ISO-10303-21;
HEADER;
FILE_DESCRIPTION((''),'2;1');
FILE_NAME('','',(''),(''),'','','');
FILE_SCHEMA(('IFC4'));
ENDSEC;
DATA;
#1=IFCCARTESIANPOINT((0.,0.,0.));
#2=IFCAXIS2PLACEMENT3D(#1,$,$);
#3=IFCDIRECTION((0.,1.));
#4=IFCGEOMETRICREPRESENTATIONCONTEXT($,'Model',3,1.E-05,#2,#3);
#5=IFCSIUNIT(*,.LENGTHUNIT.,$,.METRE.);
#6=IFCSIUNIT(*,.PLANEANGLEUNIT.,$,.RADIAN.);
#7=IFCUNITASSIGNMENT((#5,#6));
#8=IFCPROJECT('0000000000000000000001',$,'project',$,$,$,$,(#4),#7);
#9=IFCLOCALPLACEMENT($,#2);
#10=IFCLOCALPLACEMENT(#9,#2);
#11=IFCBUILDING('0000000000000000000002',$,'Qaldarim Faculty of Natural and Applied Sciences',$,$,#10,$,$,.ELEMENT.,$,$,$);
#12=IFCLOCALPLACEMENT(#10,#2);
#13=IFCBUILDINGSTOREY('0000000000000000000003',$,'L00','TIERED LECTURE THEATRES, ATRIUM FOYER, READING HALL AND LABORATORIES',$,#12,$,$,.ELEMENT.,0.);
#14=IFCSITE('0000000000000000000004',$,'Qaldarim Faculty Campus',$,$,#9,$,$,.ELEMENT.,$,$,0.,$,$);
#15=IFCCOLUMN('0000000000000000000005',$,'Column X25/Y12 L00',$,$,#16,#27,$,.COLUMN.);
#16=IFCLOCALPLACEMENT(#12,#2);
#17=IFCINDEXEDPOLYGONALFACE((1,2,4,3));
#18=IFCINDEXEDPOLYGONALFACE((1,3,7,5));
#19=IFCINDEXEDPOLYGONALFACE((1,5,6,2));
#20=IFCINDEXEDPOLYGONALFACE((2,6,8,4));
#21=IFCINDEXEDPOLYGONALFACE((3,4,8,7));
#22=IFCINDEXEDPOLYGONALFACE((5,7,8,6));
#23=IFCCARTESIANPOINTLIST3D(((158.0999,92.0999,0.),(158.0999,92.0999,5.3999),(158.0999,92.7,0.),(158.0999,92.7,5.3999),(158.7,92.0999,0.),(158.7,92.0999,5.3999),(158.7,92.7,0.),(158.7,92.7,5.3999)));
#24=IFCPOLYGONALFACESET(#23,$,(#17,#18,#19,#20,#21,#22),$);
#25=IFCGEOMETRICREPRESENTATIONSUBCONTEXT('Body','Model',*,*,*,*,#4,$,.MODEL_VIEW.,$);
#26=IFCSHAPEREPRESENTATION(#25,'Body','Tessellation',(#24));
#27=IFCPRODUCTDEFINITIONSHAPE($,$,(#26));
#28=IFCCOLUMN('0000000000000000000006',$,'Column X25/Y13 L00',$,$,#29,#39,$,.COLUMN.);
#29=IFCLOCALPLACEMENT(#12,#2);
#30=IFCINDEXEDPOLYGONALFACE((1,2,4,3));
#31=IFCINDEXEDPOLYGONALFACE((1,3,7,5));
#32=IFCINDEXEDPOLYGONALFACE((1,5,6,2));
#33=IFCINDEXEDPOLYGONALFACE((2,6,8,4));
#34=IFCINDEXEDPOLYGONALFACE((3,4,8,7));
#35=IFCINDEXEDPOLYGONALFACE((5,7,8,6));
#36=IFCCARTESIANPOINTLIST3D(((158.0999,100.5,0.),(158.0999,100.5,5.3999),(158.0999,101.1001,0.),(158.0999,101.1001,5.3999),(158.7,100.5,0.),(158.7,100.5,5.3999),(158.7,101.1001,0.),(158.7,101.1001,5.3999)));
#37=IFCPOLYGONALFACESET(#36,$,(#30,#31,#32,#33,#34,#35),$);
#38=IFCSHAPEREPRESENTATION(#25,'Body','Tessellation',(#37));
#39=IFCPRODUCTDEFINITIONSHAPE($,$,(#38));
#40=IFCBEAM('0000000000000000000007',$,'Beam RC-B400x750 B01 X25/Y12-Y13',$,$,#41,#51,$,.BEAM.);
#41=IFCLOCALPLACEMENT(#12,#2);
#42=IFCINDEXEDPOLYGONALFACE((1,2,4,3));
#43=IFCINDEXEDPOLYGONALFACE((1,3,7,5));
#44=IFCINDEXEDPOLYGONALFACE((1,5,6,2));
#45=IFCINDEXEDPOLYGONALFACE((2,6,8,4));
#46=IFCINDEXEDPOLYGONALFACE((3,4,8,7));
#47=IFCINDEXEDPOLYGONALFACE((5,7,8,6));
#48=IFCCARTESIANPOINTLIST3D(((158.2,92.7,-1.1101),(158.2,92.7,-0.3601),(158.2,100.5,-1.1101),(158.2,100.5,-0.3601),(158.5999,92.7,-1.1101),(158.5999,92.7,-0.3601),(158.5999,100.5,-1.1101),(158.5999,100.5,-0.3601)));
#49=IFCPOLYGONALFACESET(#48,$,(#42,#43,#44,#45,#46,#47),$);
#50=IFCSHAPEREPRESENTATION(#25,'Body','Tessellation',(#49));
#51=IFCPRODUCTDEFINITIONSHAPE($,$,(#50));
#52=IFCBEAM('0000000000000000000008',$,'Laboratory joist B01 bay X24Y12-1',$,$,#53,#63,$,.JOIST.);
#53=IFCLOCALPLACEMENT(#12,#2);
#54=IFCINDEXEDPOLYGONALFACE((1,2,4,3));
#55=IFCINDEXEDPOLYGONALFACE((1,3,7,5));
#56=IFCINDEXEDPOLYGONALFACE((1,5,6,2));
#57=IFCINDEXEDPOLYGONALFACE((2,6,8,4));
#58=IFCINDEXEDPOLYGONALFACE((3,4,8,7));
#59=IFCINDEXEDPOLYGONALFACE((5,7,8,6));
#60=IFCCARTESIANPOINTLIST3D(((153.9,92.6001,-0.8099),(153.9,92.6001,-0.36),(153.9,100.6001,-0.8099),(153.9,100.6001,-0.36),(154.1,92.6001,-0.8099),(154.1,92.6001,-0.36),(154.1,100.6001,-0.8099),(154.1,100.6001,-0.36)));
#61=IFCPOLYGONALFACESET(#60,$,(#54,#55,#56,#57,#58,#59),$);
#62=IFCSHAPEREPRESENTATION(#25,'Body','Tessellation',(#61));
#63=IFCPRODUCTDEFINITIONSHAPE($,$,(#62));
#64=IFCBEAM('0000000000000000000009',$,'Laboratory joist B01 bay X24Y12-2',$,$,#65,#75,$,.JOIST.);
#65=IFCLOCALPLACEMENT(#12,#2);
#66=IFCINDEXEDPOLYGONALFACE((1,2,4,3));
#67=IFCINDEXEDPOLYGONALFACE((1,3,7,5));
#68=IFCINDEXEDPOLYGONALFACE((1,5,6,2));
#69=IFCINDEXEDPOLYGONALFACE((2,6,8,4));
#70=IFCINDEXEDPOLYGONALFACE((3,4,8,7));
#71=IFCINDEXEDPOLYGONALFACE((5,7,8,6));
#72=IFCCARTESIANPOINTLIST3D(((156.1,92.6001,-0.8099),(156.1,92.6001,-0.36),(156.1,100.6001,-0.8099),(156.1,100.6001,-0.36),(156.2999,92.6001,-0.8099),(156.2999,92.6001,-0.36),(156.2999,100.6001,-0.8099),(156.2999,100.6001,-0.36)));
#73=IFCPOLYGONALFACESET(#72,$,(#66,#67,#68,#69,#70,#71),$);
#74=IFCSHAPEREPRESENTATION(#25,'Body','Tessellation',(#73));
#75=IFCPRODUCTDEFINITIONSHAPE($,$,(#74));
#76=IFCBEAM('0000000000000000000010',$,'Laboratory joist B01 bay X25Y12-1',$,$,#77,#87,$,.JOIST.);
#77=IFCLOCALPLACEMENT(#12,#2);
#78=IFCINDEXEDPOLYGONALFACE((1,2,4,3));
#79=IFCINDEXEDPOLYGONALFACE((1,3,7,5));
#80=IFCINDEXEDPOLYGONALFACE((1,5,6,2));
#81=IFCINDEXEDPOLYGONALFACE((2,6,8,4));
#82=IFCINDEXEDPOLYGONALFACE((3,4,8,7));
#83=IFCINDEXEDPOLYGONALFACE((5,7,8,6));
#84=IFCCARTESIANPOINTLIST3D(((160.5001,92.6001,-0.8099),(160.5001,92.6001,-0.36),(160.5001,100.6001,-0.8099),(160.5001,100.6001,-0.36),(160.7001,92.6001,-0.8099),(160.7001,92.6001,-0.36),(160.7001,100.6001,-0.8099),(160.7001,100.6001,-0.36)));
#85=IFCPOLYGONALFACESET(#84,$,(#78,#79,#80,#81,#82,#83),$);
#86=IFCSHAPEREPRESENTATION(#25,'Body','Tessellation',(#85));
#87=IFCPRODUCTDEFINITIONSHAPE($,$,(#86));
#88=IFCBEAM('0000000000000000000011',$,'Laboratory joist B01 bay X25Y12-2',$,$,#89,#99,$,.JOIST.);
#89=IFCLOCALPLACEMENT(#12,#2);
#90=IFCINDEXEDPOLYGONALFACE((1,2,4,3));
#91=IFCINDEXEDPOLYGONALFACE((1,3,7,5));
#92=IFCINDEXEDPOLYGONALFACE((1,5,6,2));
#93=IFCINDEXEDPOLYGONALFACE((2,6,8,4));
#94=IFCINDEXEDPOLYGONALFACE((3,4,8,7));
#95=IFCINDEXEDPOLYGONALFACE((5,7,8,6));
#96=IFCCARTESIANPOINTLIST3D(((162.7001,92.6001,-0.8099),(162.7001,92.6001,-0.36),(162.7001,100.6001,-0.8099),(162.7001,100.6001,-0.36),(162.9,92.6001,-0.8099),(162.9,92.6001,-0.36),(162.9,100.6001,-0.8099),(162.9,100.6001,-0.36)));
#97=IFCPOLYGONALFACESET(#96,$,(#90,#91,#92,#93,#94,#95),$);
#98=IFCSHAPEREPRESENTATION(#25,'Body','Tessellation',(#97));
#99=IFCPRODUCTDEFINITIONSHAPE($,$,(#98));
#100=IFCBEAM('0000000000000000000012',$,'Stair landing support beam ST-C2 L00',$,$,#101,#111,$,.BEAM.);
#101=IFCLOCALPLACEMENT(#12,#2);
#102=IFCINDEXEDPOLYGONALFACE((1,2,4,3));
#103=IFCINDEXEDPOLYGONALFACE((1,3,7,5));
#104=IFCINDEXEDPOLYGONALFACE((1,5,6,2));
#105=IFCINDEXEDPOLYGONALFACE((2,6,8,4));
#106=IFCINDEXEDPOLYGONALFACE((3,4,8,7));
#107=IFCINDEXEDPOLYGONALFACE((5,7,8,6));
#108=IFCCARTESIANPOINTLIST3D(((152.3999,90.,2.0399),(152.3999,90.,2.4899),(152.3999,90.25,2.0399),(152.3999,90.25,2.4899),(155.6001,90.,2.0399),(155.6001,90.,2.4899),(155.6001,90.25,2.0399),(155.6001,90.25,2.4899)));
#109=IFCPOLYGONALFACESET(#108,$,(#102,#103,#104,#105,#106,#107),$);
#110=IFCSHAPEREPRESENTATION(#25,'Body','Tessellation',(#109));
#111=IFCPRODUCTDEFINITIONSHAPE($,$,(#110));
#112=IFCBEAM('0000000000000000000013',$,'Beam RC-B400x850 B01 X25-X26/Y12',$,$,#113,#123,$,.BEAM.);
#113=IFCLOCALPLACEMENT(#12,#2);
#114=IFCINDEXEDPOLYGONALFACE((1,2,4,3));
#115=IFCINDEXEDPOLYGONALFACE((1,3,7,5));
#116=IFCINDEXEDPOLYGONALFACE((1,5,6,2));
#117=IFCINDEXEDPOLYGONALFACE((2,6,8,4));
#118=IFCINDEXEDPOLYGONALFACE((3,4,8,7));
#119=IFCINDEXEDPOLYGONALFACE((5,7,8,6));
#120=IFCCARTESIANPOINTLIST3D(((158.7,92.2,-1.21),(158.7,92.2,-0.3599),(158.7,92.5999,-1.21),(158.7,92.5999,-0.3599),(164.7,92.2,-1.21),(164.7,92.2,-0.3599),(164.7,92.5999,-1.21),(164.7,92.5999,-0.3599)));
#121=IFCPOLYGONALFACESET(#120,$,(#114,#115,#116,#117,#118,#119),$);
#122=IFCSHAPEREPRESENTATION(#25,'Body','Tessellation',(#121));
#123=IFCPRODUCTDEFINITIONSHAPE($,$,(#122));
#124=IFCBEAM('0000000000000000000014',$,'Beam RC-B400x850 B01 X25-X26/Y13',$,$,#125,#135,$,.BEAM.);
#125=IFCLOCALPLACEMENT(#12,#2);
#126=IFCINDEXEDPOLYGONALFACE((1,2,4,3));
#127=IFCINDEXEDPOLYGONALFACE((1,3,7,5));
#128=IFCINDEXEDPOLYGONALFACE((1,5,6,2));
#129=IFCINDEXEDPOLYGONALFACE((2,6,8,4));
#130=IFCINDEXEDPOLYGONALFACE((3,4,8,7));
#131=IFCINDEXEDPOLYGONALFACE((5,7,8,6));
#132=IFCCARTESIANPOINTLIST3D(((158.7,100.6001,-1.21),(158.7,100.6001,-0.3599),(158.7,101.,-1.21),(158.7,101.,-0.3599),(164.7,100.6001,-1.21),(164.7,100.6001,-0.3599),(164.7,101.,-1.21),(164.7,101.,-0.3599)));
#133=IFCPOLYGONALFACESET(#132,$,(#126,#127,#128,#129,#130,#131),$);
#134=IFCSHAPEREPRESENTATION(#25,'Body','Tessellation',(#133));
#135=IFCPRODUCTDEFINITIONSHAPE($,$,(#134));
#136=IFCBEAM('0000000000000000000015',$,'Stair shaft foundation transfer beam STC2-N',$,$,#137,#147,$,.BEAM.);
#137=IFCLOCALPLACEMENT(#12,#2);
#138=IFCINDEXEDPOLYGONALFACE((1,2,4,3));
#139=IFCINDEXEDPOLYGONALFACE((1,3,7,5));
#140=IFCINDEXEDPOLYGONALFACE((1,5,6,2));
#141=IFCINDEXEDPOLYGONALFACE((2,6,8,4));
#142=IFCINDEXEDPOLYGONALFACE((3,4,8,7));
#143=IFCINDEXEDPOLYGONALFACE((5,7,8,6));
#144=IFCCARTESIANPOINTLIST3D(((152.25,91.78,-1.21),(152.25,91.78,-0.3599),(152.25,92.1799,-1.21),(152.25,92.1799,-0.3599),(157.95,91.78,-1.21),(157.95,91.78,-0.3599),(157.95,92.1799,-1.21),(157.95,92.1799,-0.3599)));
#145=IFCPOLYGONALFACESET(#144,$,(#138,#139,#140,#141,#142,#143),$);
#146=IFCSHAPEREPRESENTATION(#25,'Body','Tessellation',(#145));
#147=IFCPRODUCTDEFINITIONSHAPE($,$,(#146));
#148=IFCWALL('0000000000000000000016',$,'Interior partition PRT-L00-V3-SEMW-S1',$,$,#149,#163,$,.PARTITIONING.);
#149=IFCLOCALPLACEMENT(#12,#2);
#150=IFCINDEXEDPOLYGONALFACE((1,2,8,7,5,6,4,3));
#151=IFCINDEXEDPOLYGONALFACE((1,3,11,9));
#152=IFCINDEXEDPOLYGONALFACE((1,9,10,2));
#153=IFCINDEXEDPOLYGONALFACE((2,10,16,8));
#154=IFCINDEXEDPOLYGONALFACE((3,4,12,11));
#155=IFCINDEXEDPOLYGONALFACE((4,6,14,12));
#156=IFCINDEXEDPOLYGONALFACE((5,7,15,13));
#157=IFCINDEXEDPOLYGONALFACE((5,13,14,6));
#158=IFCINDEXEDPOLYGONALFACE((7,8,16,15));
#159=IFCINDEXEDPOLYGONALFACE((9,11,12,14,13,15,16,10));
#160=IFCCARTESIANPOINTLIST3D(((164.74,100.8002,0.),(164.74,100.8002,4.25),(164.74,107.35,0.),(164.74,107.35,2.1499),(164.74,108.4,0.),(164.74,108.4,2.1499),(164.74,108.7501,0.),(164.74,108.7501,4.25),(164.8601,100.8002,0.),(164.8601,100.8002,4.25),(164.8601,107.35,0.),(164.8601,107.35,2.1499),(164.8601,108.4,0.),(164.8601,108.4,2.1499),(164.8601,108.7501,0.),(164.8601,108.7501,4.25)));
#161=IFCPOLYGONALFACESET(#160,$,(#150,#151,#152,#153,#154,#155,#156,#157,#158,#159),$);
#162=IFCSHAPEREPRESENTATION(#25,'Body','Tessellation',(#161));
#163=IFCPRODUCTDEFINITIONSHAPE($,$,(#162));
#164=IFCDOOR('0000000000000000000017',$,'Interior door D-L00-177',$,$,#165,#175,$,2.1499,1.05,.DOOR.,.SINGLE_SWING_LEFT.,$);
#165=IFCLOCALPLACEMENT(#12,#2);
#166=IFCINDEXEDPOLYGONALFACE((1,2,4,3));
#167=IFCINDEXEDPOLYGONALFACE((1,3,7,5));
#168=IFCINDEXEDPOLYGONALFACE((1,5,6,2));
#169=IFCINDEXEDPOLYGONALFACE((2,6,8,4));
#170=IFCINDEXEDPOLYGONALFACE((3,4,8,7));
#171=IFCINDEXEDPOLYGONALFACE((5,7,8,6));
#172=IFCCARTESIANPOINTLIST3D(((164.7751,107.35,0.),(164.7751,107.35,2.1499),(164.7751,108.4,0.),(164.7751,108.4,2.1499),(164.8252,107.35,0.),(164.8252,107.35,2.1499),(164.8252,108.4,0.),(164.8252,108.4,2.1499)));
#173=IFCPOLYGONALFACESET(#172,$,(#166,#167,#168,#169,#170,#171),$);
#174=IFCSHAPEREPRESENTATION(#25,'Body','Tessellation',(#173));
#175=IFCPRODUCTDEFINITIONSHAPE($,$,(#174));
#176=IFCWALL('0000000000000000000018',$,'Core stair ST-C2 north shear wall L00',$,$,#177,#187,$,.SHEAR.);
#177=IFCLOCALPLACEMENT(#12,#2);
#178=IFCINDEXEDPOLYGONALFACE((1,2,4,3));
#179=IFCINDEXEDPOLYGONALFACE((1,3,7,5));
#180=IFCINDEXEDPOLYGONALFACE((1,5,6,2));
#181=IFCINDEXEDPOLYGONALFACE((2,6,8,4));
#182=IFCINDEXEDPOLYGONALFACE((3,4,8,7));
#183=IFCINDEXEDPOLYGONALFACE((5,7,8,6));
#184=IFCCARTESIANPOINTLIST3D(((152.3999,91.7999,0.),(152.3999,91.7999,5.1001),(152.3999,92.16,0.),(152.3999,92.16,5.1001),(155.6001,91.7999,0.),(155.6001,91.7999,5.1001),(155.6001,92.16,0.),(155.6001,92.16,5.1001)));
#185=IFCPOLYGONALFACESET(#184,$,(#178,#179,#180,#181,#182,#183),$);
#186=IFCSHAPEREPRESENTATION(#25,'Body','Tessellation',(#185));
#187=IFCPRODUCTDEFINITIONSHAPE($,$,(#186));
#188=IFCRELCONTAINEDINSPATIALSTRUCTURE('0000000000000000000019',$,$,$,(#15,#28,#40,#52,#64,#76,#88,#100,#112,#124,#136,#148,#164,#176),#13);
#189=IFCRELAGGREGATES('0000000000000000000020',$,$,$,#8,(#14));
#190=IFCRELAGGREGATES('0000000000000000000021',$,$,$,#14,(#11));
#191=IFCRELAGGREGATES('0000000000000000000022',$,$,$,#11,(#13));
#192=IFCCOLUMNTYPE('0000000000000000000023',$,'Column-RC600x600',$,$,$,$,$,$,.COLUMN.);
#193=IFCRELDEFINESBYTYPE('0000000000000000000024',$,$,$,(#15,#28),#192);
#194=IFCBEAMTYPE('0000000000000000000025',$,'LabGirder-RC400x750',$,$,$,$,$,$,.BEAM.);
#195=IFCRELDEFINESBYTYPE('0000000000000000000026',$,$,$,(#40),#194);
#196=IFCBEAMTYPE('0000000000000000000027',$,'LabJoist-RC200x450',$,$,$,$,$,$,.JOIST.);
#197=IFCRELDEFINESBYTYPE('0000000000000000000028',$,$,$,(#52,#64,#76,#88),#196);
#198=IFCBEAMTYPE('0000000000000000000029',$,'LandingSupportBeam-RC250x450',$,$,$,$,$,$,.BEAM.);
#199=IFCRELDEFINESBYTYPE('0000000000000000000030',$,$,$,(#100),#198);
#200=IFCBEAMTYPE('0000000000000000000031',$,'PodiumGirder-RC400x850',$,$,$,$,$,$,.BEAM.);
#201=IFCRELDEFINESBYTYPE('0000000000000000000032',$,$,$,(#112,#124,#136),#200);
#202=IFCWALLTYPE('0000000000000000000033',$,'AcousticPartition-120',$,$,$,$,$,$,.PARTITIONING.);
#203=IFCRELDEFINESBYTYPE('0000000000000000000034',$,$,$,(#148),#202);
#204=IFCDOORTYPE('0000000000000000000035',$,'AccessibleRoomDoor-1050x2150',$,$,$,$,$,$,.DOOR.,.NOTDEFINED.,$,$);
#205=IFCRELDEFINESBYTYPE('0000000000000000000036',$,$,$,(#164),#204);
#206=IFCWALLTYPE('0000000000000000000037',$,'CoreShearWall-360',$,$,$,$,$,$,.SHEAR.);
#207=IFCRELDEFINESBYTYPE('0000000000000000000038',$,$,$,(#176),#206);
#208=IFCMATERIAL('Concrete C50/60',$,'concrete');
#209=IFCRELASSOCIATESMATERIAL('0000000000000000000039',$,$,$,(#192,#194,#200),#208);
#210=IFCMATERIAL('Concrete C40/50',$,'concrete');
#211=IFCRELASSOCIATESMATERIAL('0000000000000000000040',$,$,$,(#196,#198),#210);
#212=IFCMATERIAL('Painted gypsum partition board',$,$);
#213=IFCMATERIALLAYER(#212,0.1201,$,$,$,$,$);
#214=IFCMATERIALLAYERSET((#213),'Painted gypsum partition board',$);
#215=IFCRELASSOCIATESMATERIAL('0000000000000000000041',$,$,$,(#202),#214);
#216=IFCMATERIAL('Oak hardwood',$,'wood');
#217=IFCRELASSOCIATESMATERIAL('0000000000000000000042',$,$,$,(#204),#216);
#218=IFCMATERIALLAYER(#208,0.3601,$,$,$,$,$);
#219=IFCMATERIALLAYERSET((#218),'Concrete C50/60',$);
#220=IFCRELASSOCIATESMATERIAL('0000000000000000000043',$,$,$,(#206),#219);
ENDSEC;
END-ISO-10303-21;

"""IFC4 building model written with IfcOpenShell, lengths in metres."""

from ifc_helpers import new_model, si_unit, direction, frame, frame_2d, origin, origin_2d, place, context, subcontext, project, spatial, rectangle, extrude, material, layer, layer_set, material_profile, profile_set, type_object, element, fill, save


model = new_model("IFC4")

# Units and contexts
model_context = context("Model", 3, precision=1e-05, world=origin(), true_north=direction((0.0, 1.0)))
body_context = subcontext(model_context, "Body", "Model", "MODEL_VIEW")
ifc_project = project(units=[si_unit("LENGTHUNIT", "METRE"), si_unit("PLANEANGLEUNIT", "RADIAN")], contexts=[model_context])

# Site, building, storey
site_placement = place(None, origin())
site = spatial("IfcSite", under=ifc_project, at=site_placement, Name="Qaldarim Faculty Campus", CompositionType="ELEMENT", RefElevation=0.0)
building_placement = place(site_placement, origin())
building = spatial("IfcBuilding", under=site, at=building_placement, Name="Qaldarim Faculty of Natural and Applied Sciences", CompositionType="ELEMENT")
storey_placement = place(building_placement, origin())
storey = spatial("IfcBuildingStorey", under=building, at=storey_placement, Name="L00", Description="TIERED LECTURE THEATRES, ATRIUM FOYER, READING HALL AND LABORATORIES", CompositionType="ELEMENT", Elevation=0.0)

# Columns
ifc_material_1 = material(Name="Concrete C50/60", Category="concrete")
ifc_material_profile_1 = material_profile(ifc_material_1, rectangle(XDim=0.6001, YDim=0.6001, at=origin_2d()), Name="RC-C600x600")
ifc_profile_set_1 = profile_set([ifc_material_profile_1], Name="Concrete C50/60")
column_type = type_object("IfcColumnType", Name="Column-RC600x600", PredefinedType="COLUMN", material=ifc_profile_set_1)
for number, where, z_axis, x_axis, name in (
    (1, (158.3999, 92.3999, 0.0), (0.0, 0.0, 1.0), (1.0, 0.0, 0.0), "Column X25/Y12 L00"),
    (2, (158.3999, 100.8, 0.0), (0.0, 0.0, 1.0), (1.0, 0.0, 0.0), "Column X25/Y13 L00"),
):
    element("IfcColumn", number, at=place(storey_placement, frame(where, z_axis=z_axis, x_axis=x_axis)), inside=storey, type_object=column_type, Name=name, PredefinedType="COLUMN", context=body_context, shape_type="SweptSolid", body=[
        extrude(rectangle(XDim=0.6001, YDim=0.6001, at=origin_2d()), origin(), (0.0, 0.0, 1.0), 5.3999),
    ])

# Beams
ifc_material_profile_2 = material_profile(ifc_material_1, rectangle(XDim=0.3999, YDim=0.75, at=origin_2d()), Name="RC-B400x750")
ifc_profile_set_2 = profile_set([ifc_material_profile_2], Name="Concrete C50/60")
beam_type_1 = type_object("IfcBeamType", Name="LabGirder-RC400x750", PredefinedType="BEAM", material=ifc_profile_set_2)
beam_1_placement = place(storey_placement, frame((158.3999, 92.7, -0.7351), z_axis=(0.0, 1.0, 0.0), x_axis=(-1.0, 0.0, 0.0)))
element("IfcBeam", 3, at=beam_1_placement, inside=storey, type_object=beam_type_1, Name="Beam RC-B400x750 B01 X25/Y12-Y13", PredefinedType="BEAM", context=body_context, shape_type="SweptSolid", body=[
    extrude(rectangle(XDim=0.3999, YDim=0.75, at=origin_2d()), origin(), (0.0, 0.0, 1.0), 7.8),
])
ifc_material_2 = material(Name="Concrete C40/50", Category="concrete")
ifc_material_profile_3 = material_profile(ifc_material_2, rectangle(XDim=0.2, YDim=0.45, at=origin_2d()), Name="RC-J200x450")
ifc_profile_set_3 = profile_set([ifc_material_profile_3], Name="Concrete C40/50")
beam_type_2 = type_object("IfcBeamType", Name="LabJoist-RC200x450", PredefinedType="JOIST", material=ifc_profile_set_3)
for number, where, z_axis, x_axis, name in (
    (4, (154.0, 92.6001, -0.585), (0.0, 1.0, 0.0), (-1.0, 0.0, 0.0), "Laboratory joist B01 bay X24Y12-1"),
    (5, (156.2, 92.6001, -0.585), (0.0, 1.0, 0.0), (-1.0, 0.0, 0.0), "Laboratory joist B01 bay X24Y12-2"),
    (6, (160.6001, 92.6001, -0.585), (0.0, 1.0, 0.0), (-1.0, 0.0, 0.0), "Laboratory joist B01 bay X25Y12-1"),
    (7, (162.8, 92.6001, -0.585), (0.0, 1.0, 0.0), (-1.0, 0.0, 0.0), "Laboratory joist B01 bay X25Y12-2"),
):
    element("IfcBeam", number, at=place(storey_placement, frame(where, z_axis=z_axis, x_axis=x_axis)), inside=storey, type_object=beam_type_2, Name=name, PredefinedType="JOIST", context=body_context, shape_type="SweptSolid", body=[
        extrude(rectangle(XDim=0.2, YDim=0.45, at=origin_2d()), origin(), (0.0, 0.0, 1.0), 8.0),
    ])
ifc_material_profile_4 = material_profile(ifc_material_2, rectangle(XDim=0.25, YDim=0.45, at=origin_2d()), Name="RC-LN250x450")
ifc_profile_set_4 = profile_set([ifc_material_profile_4], Name="Concrete C40/50")
beam_type_3 = type_object("IfcBeamType", Name="LandingSupportBeam-RC250x450", PredefinedType="BEAM", material=ifc_profile_set_4)
beam_2_placement = place(storey_placement, frame((152.3999, 90.125, 2.2649), z_axis=(1.0, 0.0, 0.0), x_axis=(0.0, 1.0, 0.0)))
element("IfcBeam", 8, at=beam_2_placement, inside=storey, type_object=beam_type_3, Name="Stair landing support beam ST-C2 L00", PredefinedType="BEAM", context=body_context, shape_type="SweptSolid", body=[
    extrude(rectangle(XDim=0.25, YDim=0.45, at=origin_2d()), origin(), (0.0, 0.0, 1.0), 3.2002),
])
ifc_material_profile_5 = material_profile(ifc_material_1, rectangle(XDim=0.3999, YDim=0.8501, at=origin_2d()), Name="RC-B400x850")
ifc_profile_set_5 = profile_set([ifc_material_profile_5], Name="Concrete C50/60")
beam_type_4 = type_object("IfcBeamType", Name="PodiumGirder-RC400x850", PredefinedType="BEAM", material=ifc_profile_set_5)
for number, where, z_axis, x_axis, name in (
    (9, (158.7, 92.3999, -0.7849), (1.0, 0.0, 0.0), (0.0, 1.0, 0.0), "Beam RC-B400x850 B01 X25-X26/Y12"),
    (10, (158.7, 100.8, -0.7849), (1.0, 0.0, 0.0), (0.0, 1.0, 0.0), "Beam RC-B400x850 B01 X25-X26/Y13"),
):
    element("IfcBeam", number, at=place(storey_placement, frame(where, z_axis=z_axis, x_axis=x_axis)), inside=storey, type_object=beam_type_4, Name=name, PredefinedType="BEAM", context=body_context, shape_type="SweptSolid", body=[
        extrude(rectangle(XDim=0.3999, YDim=0.8501, at=origin_2d()), origin(), (0.0, 0.0, 1.0), 6.0),
    ])
beam_3_placement = place(storey_placement, frame((152.25, 91.98, -0.7849), z_axis=(1.0, 0.0, 0.0), x_axis=(0.0, 1.0, 0.0)))
element("IfcBeam", 11, at=beam_3_placement, inside=storey, type_object=beam_type_4, Name="Stair shaft foundation transfer beam STC2-N", PredefinedType="BEAM", context=body_context, shape_type="SweptSolid", body=[
    extrude(rectangle(XDim=0.3999, YDim=0.8501, at=origin_2d()), origin(), (0.0, 0.0, 1.0), 5.7),
])

# Wall, opening, door
ifc_material_3 = material(Name="Painted gypsum partition board")
ifc_layer_1 = layer(ifc_material_3, 0.1201)
ifc_layer_set_1 = layer_set([ifc_layer_1], Name="Painted gypsum partition board")
wall_type_1 = type_object("IfcWallType", Name="AcousticPartition-120", PredefinedType="PARTITIONING", material=ifc_layer_set_1)
wall_1_placement = place(storey_placement, frame((164.8, 100.8, 0.0), z_axis=(0.0, 0.0, 1.0), x_axis=(0.0, 1.0, 0.0)))
wall_1 = element("IfcWall", 12, at=wall_1_placement, inside=storey, type_object=wall_type_1, Name="Interior partition PRT-L00-V3-SEMW-S1", PredefinedType="PARTITIONING", context=body_context, shape_type="SweptSolid", body=[
    extrude(rectangle(XDim=7.95, YDim=0.1201, at=frame_2d((3.9751, 0.0))), origin(), (0.0, 0.0, 1.0), 4.25),
])
opening_1_placement = place(wall_1_placement, frame((6.55, 0.0, 0.0)))
opening_1 = element("IfcOpeningElement", 13, at=opening_1_placement, cuts=wall_1, PredefinedType="OPENING", context=body_context, shape_type="SweptSolid", body=[
    extrude(rectangle(XDim=1.05, YDim=2.1499, at=frame_2d((0.5249, 1.075))), frame((0.0, 0.0701, 0.0), z_axis=(0.0, -1.0, 0.0), x_axis=(1.0, 0.0, 0.0)), (0.0, 0.0, 1.0), 0.1401),
])
ifc_material_4 = material(Name="Oak hardwood", Category="wood")
door_type = type_object("IfcDoorType", Name="AccessibleRoomDoor-1050x2150", OperationType="NOTDEFINED", PredefinedType="DOOR", material=ifc_material_4)
door_placement = place(opening_1_placement, origin())
door = element("IfcDoor", 14, at=door_placement, inside=storey, type_object=door_type, Name="Interior door D-L00-177", OperationType="SINGLE_SWING_LEFT", OverallHeight=2.1499, OverallWidth=1.05, PredefinedType="DOOR", context=body_context, shape_type="SweptSolid", body=[
    extrude(rectangle(XDim=1.05, YDim=2.1499, at=frame_2d((0.5249, 1.075))), frame((0.0, 0.0249, 0.0), z_axis=(0.0, -1.0, 0.0), x_axis=(1.0, 0.0, 0.0)), (0.0, 0.0, 1.0), 0.05),
])
fill(opening_1, door)

# Wall
ifc_layer_2 = layer(ifc_material_1, 0.3601)
ifc_layer_set_2 = layer_set([ifc_layer_2], Name="Concrete C50/60")
wall_type_2 = type_object("IfcWallType", Name="CoreShearWall-360", PredefinedType="SHEAR", material=ifc_layer_set_2)
wall_2_placement = place(storey_placement, frame((152.3999, 91.98, 0.0), z_axis=(0.0, 0.0, 1.0), x_axis=(1.0, 0.0, 0.0)))
element("IfcWall", 15, at=wall_2_placement, inside=storey, type_object=wall_type_2, Name="Core stair ST-C2 north shear wall L00", PredefinedType="SHEAR", context=body_context, shape_type="SweptSolid", body=[
    extrude(rectangle(XDim=3.2002, YDim=0.3601, at=frame_2d((1.6001, 0.0))), origin(), (0.0, 0.0, 1.0), 5.1001),
])

save(model, "model.ifc")
